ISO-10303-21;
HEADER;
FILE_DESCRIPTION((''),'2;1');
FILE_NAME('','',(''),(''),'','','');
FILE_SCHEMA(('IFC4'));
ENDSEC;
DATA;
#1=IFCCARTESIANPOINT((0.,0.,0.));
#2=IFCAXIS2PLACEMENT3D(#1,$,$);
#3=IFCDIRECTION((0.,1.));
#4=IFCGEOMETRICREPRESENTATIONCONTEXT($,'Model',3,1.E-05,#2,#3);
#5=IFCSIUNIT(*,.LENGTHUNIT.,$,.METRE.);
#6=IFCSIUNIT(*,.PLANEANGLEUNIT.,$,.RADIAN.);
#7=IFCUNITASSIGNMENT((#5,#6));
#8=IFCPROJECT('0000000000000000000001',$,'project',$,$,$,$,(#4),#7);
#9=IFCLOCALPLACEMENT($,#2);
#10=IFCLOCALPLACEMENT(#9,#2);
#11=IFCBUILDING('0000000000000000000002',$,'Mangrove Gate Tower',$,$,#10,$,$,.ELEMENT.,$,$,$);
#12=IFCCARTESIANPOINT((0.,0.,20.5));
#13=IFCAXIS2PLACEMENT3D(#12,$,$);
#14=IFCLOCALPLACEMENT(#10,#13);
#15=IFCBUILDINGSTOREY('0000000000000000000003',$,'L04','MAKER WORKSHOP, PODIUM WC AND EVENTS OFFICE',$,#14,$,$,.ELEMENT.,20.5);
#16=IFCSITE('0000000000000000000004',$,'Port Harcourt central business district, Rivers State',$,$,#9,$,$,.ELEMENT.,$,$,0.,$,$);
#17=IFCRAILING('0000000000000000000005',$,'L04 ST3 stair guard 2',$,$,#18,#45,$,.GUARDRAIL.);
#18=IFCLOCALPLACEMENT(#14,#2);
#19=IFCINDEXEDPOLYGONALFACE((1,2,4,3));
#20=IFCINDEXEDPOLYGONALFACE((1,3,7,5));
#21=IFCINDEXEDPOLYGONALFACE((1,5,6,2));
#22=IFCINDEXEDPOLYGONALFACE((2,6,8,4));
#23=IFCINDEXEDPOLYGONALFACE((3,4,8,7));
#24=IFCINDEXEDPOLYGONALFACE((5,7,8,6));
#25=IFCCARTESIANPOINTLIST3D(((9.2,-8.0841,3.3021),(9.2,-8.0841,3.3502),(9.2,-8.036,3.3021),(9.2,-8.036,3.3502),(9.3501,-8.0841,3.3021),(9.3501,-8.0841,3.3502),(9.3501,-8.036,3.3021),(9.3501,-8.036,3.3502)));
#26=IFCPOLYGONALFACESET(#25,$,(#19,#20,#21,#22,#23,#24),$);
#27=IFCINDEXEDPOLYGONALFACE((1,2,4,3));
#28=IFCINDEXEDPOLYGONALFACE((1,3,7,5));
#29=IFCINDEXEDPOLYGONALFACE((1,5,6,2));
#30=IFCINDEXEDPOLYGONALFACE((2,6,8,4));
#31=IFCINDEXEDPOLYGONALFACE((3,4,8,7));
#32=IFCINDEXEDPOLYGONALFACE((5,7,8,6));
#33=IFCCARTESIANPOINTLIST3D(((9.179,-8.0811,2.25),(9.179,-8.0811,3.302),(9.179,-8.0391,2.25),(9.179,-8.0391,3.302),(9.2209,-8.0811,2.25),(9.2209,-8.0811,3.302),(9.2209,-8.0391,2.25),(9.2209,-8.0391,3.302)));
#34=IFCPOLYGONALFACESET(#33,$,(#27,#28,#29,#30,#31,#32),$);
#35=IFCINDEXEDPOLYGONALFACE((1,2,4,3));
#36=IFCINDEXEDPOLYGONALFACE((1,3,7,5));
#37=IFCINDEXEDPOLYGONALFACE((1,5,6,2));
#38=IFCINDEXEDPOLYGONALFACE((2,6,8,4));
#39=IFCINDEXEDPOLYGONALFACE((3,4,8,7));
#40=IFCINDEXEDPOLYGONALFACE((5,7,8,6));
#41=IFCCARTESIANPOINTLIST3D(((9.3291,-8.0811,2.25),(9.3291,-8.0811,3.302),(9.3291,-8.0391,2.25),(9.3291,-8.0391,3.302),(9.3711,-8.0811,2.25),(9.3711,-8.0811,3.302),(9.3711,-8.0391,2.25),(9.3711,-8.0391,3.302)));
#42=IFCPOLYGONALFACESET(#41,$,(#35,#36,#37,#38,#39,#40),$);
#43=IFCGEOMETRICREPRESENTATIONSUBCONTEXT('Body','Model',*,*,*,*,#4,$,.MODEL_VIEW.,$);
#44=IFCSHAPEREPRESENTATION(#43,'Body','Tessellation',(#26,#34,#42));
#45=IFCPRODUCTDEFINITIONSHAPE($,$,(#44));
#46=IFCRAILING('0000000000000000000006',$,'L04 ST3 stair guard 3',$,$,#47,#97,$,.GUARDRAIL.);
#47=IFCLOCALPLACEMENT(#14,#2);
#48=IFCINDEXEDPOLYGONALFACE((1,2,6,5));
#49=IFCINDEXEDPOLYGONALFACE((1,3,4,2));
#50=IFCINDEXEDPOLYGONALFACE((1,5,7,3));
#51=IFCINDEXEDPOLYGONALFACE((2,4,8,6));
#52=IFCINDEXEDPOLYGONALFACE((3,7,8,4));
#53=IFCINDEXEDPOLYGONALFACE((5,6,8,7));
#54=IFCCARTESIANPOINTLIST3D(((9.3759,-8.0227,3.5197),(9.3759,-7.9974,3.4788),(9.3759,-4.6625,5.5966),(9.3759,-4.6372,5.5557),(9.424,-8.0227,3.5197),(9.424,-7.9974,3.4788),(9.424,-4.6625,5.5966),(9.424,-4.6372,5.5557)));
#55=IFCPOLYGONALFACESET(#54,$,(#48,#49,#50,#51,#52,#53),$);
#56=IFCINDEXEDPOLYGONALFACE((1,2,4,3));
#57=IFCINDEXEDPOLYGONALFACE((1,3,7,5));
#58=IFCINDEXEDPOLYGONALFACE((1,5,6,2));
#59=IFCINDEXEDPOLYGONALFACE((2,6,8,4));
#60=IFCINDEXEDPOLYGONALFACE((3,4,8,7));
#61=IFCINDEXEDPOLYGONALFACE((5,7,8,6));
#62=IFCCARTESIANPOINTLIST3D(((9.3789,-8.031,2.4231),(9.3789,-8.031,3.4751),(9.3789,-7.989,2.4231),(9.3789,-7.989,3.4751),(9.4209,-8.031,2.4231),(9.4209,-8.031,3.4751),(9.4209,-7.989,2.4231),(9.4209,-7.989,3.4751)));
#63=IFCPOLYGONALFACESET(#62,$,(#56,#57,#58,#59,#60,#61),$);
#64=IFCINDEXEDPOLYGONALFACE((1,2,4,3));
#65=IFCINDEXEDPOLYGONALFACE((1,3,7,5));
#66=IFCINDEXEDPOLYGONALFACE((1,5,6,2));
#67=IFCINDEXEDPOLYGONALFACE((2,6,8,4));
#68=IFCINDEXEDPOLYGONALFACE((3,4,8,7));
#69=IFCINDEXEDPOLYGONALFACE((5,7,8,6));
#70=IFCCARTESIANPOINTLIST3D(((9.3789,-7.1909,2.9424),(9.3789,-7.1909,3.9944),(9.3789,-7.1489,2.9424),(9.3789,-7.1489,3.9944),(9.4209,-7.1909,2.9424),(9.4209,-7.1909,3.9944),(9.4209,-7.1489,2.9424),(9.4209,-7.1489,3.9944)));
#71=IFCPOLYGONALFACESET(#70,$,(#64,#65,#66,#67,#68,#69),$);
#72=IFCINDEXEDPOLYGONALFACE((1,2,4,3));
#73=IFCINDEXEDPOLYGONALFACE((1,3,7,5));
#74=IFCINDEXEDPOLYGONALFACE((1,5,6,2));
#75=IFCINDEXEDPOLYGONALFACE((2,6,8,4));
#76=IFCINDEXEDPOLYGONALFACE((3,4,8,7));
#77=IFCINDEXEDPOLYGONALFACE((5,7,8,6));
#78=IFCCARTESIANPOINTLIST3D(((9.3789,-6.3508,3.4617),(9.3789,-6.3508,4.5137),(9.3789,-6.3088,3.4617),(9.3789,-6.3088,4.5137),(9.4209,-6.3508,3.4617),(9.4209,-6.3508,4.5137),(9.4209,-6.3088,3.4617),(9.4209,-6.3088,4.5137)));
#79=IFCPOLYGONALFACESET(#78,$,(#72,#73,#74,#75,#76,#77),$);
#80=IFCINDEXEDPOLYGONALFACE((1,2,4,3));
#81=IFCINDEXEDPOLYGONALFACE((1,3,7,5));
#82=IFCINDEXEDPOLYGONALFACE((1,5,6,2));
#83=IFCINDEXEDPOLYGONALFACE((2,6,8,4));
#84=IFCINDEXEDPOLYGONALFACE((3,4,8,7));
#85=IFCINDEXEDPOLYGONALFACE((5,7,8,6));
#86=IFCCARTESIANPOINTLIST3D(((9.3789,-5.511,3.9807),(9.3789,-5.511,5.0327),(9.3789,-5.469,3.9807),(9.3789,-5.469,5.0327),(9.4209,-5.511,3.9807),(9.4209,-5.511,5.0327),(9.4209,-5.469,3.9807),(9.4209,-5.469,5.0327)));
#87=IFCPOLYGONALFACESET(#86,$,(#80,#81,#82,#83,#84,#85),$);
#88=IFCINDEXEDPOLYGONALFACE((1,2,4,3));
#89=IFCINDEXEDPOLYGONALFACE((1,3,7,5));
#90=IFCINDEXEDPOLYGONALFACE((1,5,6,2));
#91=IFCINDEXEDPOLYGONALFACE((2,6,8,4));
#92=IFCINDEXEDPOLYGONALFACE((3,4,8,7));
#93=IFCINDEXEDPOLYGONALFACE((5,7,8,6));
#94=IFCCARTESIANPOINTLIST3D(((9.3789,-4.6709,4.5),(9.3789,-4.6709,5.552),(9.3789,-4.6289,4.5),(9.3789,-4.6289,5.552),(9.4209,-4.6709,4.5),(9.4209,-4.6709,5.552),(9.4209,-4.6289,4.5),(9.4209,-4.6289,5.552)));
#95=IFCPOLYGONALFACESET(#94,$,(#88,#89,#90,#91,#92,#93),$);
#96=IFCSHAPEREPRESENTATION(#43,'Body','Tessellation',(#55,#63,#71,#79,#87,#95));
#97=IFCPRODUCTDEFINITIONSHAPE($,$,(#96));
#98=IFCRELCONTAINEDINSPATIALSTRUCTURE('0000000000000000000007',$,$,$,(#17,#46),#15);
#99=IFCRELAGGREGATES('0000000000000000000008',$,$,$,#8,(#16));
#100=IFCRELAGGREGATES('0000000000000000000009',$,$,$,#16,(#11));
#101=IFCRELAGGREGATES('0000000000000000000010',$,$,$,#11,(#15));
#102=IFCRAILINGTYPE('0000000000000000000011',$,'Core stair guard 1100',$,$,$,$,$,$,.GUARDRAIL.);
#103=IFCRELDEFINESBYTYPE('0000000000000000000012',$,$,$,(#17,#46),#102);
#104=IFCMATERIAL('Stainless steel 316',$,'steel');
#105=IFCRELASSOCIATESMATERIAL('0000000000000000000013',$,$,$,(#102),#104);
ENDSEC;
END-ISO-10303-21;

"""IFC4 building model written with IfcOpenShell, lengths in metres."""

from ifc_helpers import new_model, si_unit, direction, frame, origin, origin_2d, place, context, subcontext, project, spatial, rectangle, extrude, material, type_object, element, save


model = new_model("IFC4")

# Units and contexts
model_context = context("Model", 3, precision=1e-05, world=origin(), true_north=direction((0.0, 1.0)))
body_context = subcontext(model_context, "Body", "Model", "MODEL_VIEW")
ifc_project = project(units=[si_unit("LENGTHUNIT", "METRE"), si_unit("PLANEANGLEUNIT", "RADIAN")], contexts=[model_context])

# Site, building, storey
site_placement = place(None, origin())
site = spatial("IfcSite", under=ifc_project, at=site_placement, Name="Port Harcourt central business district, Rivers State", CompositionType="ELEMENT", RefElevation=0.0)
building_placement = place(site_placement, origin())
building = spatial("IfcBuilding", under=site, at=building_placement, Name="Mangrove Gate Tower", CompositionType="ELEMENT")
storey_placement = place(building_placement, frame((0.0, 0.0, 20.5)))
storey = spatial("IfcBuildingStorey", under=building, at=storey_placement, Name="L04", Description="MAKER WORKSHOP, PODIUM WC AND EVENTS OFFICE", CompositionType="ELEMENT", Elevation=20.5)

# Railings
ifc_material_1 = material(Name="Stainless steel 316", Category="steel")
railing_type_1 = type_object("IfcRailingType", Name="Core stair guard 1100", PredefinedType="GUARDRAIL", material=ifc_material_1)
railing_1_placement = place(storey_placement, frame((9.2, -8.0601, 2.25)))
element("IfcRailing", 1, at=railing_1_placement, inside=storey, type_object=railing_type_1, Name="L04 ST3 stair guard 2", PredefinedType="GUARDRAIL", context=body_context, shape_type="SweptSolid", body=[
    extrude(rectangle(XDim=0.0481, YDim=0.0481, at=origin_2d()), frame((0.0, 0.0, 1.0762), z_axis=(1.0, 0.0, 0.0), x_axis=(0.0, 1.0, 0.0)), (0.0, 0.0, 1.0), 0.1501),
    extrude(rectangle(XDim=0.042, YDim=0.042, at=origin_2d()), origin(), (0.0, 0.0, 1.0), 1.052),
    extrude(rectangle(XDim=0.042, YDim=0.042, at=origin_2d()), frame((0.1501, 0.0, 0.0)), (0.0, 0.0, 1.0), 1.052),
])
railing_2_placement = place(storey_placement, frame((9.3999, -8.01, 2.4231)))
element("IfcRailing", 2, at=railing_2_placement, inside=storey, type_object=railing_type_1, Name="L04 ST3 stair guard 3", PredefinedType="GUARDRAIL", context=body_context, shape_type="SweptSolid", body=[
    extrude(rectangle(XDim=0.0481, YDim=0.0481, at=origin_2d()), frame((0.0, 0.0, 1.0762), z_axis=(0.0, 0.850623, 0.525776), x_axis=(-1.0, 0.0, 0.0)), (0.0, 0.0, 1.0), 3.9502),
    extrude(rectangle(XDim=0.042, YDim=0.042, at=origin_2d()), origin(), (0.0, 0.0, 1.0), 1.052),
    extrude(rectangle(XDim=0.042, YDim=0.042, at=origin_2d()), frame((0.0, 0.8401, 0.5193)), (0.0, 0.0, 1.0), 1.052),
    extrude(rectangle(XDim=0.042, YDim=0.042, at=origin_2d()), frame((0.0, 1.6802, 1.0386)), (0.0, 0.0, 1.0), 1.052),
    extrude(rectangle(XDim=0.042, YDim=0.042, at=origin_2d()), frame((0.0, 2.52, 1.5576)), (0.0, 0.0, 1.0), 1.052),
    extrude(rectangle(XDim=0.042, YDim=0.042, at=origin_2d()), frame((0.0, 3.3601, 2.0769)), (0.0, 0.0, 1.0), 1.052),
])

save(model, "model.ifc")
